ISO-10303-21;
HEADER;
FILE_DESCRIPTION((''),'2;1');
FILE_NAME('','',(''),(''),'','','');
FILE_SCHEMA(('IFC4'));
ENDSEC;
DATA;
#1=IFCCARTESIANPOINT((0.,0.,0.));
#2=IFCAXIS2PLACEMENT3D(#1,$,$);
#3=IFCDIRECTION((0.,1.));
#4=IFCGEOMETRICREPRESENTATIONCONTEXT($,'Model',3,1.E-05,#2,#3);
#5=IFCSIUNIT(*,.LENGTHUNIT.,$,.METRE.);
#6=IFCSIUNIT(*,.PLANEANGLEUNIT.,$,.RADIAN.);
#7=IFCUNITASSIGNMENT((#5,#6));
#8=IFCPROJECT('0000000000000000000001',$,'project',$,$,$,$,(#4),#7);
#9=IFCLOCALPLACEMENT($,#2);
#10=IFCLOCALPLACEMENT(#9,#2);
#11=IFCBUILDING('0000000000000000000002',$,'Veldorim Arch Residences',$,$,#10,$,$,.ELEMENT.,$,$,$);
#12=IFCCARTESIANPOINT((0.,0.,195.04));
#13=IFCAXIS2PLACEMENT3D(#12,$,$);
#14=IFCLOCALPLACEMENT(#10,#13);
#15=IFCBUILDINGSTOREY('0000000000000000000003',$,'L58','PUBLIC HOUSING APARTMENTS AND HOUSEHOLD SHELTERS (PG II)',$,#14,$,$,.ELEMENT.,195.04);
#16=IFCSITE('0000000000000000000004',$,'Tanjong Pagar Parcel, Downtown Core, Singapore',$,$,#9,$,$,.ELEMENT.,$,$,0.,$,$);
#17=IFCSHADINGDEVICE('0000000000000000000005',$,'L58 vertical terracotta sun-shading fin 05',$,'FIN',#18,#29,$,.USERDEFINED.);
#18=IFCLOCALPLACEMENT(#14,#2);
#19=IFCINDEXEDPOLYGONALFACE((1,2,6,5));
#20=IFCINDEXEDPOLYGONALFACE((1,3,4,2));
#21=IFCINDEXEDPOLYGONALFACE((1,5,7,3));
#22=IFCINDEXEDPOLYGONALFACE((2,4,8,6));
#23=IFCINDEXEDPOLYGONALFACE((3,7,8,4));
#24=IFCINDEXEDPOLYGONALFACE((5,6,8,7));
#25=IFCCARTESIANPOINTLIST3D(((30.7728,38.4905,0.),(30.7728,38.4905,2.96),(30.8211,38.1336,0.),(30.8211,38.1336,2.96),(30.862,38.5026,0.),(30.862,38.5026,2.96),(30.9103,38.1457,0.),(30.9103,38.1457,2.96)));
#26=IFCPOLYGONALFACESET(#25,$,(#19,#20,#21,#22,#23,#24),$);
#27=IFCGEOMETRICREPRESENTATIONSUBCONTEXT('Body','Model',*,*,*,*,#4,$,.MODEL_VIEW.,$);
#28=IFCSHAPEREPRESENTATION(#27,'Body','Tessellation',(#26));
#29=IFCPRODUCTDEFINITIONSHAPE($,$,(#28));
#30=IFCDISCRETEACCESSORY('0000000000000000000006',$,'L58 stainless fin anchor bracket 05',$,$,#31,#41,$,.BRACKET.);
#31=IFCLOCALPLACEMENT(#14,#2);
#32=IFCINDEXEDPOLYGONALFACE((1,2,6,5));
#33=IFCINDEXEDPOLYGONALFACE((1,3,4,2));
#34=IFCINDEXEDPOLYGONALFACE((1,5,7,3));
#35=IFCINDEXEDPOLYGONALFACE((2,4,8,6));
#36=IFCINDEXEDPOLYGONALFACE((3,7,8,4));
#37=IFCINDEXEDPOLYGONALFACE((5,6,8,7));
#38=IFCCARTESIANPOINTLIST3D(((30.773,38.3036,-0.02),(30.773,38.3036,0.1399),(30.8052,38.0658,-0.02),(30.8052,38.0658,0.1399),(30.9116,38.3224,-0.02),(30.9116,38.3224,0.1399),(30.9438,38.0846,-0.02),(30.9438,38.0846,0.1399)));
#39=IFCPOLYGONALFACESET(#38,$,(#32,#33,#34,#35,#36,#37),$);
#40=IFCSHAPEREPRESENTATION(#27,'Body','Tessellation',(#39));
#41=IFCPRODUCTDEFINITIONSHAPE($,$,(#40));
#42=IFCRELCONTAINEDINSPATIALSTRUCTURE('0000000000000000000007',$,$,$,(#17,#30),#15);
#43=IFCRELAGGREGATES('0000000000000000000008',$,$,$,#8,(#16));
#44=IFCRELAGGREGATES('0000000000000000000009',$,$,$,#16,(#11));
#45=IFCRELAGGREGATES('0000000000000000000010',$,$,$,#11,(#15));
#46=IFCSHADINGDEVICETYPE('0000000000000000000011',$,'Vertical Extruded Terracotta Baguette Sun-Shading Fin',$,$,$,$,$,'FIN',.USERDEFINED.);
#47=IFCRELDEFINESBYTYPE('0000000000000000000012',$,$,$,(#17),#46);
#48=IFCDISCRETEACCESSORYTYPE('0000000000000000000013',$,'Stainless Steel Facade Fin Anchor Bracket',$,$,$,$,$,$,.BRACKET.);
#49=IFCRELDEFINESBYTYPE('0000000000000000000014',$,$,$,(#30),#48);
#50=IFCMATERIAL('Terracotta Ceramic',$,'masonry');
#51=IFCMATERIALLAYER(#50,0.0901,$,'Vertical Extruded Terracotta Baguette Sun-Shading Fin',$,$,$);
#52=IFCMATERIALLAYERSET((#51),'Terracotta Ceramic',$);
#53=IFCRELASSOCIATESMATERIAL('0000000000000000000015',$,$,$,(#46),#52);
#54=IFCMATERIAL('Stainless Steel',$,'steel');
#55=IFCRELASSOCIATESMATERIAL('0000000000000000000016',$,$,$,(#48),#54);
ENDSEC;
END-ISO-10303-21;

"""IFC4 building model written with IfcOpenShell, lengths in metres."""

from ifc_helpers import new_model, si_unit, direction, frame, origin, origin_2d, place, context, subcontext, project, spatial, rectangle, extrude, material, layer, layer_set, type_object, element, save


model = new_model("IFC4")

# Units and contexts
model_context = context("Model", 3, precision=1e-05, world=origin(), true_north=direction((0.0, 1.0)))
body_context = subcontext(model_context, "Body", "Model", "MODEL_VIEW")
ifc_project = project(units=[si_unit("LENGTHUNIT", "METRE"), si_unit("PLANEANGLEUNIT", "RADIAN")], contexts=[model_context])

# Site, building, storey
site_placement = place(None, origin())
site = spatial("IfcSite", under=ifc_project, at=site_placement, Name="Tanjong Pagar Parcel, Downtown Core, Singapore", CompositionType="ELEMENT", RefElevation=0.0)
building_placement = place(site_placement, origin())
building = spatial("IfcBuilding", under=site, at=building_placement, Name="Veldorim Arch Residences", CompositionType="ELEMENT")
storey_placement = place(building_placement, frame((0.0, 0.0, 195.04)))
storey = spatial("IfcBuildingStorey", under=building, at=storey_placement, Name="L58", Description="PUBLIC HOUSING APARTMENTS AND HOUSEHOLD SHELTERS (PG II)", CompositionType="ELEMENT", Elevation=195.04)

# Shading device
ifc_material_1 = material(Name="Terracotta Ceramic", Category="masonry")
ifc_layer_1 = layer(ifc_material_1, 0.0901, Name="Vertical Extruded Terracotta Baguette Sun-Shading Fin")
ifc_layer_set_1 = layer_set([ifc_layer_1], Name="Terracotta Ceramic")
shading_device_type = type_object("IfcShadingDeviceType", Name="Vertical Extruded Terracotta Baguette Sun-Shading Fin", ElementType="FIN", PredefinedType="USERDEFINED", material=ifc_layer_set_1)
shading_device_placement = place(storey_placement, frame((30.8416, 38.3181, 0.0), z_axis=(0.0, 0.0, 1.0), x_axis=(0.99096, 0.134159, 0.0)))
element("IfcShadingDevice", 1, at=shading_device_placement, inside=storey, type_object=shading_device_type, Name="L58 vertical terracotta sun-shading fin 05", ObjectType="FIN", PredefinedType="USERDEFINED", context=body_context, shape_type="SweptSolid", body=[
    extrude(rectangle(XDim=0.0901, YDim=0.3601, at=origin_2d()), origin(), (0.0, 0.0, 1.0), 2.96),
])

# Discrete accessory
ifc_material_2 = material(Name="Stainless Steel", Category="steel")
discrete_accessory_type = type_object("IfcDiscreteAccessoryType", Name="Stainless Steel Facade Fin Anchor Bracket", PredefinedType="BRACKET", material=ifc_material_2)
discrete_accessory_placement = place(storey_placement, frame((30.8584, 38.1941, -0.02), z_axis=(0.0, 0.0, 1.0), x_axis=(0.99096, 0.134159, 0.0)))
element("IfcDiscreteAccessory", 2, at=discrete_accessory_placement, inside=storey, type_object=discrete_accessory_type, Name="L58 stainless fin anchor bracket 05", PredefinedType="BRACKET", context=body_context, shape_type="SweptSolid", body=[
    extrude(rectangle(XDim=0.1399, YDim=0.24, at=origin_2d()), origin(), (0.0, 0.0, 1.0), 0.1599),
])

save(model, "model.ifc")
